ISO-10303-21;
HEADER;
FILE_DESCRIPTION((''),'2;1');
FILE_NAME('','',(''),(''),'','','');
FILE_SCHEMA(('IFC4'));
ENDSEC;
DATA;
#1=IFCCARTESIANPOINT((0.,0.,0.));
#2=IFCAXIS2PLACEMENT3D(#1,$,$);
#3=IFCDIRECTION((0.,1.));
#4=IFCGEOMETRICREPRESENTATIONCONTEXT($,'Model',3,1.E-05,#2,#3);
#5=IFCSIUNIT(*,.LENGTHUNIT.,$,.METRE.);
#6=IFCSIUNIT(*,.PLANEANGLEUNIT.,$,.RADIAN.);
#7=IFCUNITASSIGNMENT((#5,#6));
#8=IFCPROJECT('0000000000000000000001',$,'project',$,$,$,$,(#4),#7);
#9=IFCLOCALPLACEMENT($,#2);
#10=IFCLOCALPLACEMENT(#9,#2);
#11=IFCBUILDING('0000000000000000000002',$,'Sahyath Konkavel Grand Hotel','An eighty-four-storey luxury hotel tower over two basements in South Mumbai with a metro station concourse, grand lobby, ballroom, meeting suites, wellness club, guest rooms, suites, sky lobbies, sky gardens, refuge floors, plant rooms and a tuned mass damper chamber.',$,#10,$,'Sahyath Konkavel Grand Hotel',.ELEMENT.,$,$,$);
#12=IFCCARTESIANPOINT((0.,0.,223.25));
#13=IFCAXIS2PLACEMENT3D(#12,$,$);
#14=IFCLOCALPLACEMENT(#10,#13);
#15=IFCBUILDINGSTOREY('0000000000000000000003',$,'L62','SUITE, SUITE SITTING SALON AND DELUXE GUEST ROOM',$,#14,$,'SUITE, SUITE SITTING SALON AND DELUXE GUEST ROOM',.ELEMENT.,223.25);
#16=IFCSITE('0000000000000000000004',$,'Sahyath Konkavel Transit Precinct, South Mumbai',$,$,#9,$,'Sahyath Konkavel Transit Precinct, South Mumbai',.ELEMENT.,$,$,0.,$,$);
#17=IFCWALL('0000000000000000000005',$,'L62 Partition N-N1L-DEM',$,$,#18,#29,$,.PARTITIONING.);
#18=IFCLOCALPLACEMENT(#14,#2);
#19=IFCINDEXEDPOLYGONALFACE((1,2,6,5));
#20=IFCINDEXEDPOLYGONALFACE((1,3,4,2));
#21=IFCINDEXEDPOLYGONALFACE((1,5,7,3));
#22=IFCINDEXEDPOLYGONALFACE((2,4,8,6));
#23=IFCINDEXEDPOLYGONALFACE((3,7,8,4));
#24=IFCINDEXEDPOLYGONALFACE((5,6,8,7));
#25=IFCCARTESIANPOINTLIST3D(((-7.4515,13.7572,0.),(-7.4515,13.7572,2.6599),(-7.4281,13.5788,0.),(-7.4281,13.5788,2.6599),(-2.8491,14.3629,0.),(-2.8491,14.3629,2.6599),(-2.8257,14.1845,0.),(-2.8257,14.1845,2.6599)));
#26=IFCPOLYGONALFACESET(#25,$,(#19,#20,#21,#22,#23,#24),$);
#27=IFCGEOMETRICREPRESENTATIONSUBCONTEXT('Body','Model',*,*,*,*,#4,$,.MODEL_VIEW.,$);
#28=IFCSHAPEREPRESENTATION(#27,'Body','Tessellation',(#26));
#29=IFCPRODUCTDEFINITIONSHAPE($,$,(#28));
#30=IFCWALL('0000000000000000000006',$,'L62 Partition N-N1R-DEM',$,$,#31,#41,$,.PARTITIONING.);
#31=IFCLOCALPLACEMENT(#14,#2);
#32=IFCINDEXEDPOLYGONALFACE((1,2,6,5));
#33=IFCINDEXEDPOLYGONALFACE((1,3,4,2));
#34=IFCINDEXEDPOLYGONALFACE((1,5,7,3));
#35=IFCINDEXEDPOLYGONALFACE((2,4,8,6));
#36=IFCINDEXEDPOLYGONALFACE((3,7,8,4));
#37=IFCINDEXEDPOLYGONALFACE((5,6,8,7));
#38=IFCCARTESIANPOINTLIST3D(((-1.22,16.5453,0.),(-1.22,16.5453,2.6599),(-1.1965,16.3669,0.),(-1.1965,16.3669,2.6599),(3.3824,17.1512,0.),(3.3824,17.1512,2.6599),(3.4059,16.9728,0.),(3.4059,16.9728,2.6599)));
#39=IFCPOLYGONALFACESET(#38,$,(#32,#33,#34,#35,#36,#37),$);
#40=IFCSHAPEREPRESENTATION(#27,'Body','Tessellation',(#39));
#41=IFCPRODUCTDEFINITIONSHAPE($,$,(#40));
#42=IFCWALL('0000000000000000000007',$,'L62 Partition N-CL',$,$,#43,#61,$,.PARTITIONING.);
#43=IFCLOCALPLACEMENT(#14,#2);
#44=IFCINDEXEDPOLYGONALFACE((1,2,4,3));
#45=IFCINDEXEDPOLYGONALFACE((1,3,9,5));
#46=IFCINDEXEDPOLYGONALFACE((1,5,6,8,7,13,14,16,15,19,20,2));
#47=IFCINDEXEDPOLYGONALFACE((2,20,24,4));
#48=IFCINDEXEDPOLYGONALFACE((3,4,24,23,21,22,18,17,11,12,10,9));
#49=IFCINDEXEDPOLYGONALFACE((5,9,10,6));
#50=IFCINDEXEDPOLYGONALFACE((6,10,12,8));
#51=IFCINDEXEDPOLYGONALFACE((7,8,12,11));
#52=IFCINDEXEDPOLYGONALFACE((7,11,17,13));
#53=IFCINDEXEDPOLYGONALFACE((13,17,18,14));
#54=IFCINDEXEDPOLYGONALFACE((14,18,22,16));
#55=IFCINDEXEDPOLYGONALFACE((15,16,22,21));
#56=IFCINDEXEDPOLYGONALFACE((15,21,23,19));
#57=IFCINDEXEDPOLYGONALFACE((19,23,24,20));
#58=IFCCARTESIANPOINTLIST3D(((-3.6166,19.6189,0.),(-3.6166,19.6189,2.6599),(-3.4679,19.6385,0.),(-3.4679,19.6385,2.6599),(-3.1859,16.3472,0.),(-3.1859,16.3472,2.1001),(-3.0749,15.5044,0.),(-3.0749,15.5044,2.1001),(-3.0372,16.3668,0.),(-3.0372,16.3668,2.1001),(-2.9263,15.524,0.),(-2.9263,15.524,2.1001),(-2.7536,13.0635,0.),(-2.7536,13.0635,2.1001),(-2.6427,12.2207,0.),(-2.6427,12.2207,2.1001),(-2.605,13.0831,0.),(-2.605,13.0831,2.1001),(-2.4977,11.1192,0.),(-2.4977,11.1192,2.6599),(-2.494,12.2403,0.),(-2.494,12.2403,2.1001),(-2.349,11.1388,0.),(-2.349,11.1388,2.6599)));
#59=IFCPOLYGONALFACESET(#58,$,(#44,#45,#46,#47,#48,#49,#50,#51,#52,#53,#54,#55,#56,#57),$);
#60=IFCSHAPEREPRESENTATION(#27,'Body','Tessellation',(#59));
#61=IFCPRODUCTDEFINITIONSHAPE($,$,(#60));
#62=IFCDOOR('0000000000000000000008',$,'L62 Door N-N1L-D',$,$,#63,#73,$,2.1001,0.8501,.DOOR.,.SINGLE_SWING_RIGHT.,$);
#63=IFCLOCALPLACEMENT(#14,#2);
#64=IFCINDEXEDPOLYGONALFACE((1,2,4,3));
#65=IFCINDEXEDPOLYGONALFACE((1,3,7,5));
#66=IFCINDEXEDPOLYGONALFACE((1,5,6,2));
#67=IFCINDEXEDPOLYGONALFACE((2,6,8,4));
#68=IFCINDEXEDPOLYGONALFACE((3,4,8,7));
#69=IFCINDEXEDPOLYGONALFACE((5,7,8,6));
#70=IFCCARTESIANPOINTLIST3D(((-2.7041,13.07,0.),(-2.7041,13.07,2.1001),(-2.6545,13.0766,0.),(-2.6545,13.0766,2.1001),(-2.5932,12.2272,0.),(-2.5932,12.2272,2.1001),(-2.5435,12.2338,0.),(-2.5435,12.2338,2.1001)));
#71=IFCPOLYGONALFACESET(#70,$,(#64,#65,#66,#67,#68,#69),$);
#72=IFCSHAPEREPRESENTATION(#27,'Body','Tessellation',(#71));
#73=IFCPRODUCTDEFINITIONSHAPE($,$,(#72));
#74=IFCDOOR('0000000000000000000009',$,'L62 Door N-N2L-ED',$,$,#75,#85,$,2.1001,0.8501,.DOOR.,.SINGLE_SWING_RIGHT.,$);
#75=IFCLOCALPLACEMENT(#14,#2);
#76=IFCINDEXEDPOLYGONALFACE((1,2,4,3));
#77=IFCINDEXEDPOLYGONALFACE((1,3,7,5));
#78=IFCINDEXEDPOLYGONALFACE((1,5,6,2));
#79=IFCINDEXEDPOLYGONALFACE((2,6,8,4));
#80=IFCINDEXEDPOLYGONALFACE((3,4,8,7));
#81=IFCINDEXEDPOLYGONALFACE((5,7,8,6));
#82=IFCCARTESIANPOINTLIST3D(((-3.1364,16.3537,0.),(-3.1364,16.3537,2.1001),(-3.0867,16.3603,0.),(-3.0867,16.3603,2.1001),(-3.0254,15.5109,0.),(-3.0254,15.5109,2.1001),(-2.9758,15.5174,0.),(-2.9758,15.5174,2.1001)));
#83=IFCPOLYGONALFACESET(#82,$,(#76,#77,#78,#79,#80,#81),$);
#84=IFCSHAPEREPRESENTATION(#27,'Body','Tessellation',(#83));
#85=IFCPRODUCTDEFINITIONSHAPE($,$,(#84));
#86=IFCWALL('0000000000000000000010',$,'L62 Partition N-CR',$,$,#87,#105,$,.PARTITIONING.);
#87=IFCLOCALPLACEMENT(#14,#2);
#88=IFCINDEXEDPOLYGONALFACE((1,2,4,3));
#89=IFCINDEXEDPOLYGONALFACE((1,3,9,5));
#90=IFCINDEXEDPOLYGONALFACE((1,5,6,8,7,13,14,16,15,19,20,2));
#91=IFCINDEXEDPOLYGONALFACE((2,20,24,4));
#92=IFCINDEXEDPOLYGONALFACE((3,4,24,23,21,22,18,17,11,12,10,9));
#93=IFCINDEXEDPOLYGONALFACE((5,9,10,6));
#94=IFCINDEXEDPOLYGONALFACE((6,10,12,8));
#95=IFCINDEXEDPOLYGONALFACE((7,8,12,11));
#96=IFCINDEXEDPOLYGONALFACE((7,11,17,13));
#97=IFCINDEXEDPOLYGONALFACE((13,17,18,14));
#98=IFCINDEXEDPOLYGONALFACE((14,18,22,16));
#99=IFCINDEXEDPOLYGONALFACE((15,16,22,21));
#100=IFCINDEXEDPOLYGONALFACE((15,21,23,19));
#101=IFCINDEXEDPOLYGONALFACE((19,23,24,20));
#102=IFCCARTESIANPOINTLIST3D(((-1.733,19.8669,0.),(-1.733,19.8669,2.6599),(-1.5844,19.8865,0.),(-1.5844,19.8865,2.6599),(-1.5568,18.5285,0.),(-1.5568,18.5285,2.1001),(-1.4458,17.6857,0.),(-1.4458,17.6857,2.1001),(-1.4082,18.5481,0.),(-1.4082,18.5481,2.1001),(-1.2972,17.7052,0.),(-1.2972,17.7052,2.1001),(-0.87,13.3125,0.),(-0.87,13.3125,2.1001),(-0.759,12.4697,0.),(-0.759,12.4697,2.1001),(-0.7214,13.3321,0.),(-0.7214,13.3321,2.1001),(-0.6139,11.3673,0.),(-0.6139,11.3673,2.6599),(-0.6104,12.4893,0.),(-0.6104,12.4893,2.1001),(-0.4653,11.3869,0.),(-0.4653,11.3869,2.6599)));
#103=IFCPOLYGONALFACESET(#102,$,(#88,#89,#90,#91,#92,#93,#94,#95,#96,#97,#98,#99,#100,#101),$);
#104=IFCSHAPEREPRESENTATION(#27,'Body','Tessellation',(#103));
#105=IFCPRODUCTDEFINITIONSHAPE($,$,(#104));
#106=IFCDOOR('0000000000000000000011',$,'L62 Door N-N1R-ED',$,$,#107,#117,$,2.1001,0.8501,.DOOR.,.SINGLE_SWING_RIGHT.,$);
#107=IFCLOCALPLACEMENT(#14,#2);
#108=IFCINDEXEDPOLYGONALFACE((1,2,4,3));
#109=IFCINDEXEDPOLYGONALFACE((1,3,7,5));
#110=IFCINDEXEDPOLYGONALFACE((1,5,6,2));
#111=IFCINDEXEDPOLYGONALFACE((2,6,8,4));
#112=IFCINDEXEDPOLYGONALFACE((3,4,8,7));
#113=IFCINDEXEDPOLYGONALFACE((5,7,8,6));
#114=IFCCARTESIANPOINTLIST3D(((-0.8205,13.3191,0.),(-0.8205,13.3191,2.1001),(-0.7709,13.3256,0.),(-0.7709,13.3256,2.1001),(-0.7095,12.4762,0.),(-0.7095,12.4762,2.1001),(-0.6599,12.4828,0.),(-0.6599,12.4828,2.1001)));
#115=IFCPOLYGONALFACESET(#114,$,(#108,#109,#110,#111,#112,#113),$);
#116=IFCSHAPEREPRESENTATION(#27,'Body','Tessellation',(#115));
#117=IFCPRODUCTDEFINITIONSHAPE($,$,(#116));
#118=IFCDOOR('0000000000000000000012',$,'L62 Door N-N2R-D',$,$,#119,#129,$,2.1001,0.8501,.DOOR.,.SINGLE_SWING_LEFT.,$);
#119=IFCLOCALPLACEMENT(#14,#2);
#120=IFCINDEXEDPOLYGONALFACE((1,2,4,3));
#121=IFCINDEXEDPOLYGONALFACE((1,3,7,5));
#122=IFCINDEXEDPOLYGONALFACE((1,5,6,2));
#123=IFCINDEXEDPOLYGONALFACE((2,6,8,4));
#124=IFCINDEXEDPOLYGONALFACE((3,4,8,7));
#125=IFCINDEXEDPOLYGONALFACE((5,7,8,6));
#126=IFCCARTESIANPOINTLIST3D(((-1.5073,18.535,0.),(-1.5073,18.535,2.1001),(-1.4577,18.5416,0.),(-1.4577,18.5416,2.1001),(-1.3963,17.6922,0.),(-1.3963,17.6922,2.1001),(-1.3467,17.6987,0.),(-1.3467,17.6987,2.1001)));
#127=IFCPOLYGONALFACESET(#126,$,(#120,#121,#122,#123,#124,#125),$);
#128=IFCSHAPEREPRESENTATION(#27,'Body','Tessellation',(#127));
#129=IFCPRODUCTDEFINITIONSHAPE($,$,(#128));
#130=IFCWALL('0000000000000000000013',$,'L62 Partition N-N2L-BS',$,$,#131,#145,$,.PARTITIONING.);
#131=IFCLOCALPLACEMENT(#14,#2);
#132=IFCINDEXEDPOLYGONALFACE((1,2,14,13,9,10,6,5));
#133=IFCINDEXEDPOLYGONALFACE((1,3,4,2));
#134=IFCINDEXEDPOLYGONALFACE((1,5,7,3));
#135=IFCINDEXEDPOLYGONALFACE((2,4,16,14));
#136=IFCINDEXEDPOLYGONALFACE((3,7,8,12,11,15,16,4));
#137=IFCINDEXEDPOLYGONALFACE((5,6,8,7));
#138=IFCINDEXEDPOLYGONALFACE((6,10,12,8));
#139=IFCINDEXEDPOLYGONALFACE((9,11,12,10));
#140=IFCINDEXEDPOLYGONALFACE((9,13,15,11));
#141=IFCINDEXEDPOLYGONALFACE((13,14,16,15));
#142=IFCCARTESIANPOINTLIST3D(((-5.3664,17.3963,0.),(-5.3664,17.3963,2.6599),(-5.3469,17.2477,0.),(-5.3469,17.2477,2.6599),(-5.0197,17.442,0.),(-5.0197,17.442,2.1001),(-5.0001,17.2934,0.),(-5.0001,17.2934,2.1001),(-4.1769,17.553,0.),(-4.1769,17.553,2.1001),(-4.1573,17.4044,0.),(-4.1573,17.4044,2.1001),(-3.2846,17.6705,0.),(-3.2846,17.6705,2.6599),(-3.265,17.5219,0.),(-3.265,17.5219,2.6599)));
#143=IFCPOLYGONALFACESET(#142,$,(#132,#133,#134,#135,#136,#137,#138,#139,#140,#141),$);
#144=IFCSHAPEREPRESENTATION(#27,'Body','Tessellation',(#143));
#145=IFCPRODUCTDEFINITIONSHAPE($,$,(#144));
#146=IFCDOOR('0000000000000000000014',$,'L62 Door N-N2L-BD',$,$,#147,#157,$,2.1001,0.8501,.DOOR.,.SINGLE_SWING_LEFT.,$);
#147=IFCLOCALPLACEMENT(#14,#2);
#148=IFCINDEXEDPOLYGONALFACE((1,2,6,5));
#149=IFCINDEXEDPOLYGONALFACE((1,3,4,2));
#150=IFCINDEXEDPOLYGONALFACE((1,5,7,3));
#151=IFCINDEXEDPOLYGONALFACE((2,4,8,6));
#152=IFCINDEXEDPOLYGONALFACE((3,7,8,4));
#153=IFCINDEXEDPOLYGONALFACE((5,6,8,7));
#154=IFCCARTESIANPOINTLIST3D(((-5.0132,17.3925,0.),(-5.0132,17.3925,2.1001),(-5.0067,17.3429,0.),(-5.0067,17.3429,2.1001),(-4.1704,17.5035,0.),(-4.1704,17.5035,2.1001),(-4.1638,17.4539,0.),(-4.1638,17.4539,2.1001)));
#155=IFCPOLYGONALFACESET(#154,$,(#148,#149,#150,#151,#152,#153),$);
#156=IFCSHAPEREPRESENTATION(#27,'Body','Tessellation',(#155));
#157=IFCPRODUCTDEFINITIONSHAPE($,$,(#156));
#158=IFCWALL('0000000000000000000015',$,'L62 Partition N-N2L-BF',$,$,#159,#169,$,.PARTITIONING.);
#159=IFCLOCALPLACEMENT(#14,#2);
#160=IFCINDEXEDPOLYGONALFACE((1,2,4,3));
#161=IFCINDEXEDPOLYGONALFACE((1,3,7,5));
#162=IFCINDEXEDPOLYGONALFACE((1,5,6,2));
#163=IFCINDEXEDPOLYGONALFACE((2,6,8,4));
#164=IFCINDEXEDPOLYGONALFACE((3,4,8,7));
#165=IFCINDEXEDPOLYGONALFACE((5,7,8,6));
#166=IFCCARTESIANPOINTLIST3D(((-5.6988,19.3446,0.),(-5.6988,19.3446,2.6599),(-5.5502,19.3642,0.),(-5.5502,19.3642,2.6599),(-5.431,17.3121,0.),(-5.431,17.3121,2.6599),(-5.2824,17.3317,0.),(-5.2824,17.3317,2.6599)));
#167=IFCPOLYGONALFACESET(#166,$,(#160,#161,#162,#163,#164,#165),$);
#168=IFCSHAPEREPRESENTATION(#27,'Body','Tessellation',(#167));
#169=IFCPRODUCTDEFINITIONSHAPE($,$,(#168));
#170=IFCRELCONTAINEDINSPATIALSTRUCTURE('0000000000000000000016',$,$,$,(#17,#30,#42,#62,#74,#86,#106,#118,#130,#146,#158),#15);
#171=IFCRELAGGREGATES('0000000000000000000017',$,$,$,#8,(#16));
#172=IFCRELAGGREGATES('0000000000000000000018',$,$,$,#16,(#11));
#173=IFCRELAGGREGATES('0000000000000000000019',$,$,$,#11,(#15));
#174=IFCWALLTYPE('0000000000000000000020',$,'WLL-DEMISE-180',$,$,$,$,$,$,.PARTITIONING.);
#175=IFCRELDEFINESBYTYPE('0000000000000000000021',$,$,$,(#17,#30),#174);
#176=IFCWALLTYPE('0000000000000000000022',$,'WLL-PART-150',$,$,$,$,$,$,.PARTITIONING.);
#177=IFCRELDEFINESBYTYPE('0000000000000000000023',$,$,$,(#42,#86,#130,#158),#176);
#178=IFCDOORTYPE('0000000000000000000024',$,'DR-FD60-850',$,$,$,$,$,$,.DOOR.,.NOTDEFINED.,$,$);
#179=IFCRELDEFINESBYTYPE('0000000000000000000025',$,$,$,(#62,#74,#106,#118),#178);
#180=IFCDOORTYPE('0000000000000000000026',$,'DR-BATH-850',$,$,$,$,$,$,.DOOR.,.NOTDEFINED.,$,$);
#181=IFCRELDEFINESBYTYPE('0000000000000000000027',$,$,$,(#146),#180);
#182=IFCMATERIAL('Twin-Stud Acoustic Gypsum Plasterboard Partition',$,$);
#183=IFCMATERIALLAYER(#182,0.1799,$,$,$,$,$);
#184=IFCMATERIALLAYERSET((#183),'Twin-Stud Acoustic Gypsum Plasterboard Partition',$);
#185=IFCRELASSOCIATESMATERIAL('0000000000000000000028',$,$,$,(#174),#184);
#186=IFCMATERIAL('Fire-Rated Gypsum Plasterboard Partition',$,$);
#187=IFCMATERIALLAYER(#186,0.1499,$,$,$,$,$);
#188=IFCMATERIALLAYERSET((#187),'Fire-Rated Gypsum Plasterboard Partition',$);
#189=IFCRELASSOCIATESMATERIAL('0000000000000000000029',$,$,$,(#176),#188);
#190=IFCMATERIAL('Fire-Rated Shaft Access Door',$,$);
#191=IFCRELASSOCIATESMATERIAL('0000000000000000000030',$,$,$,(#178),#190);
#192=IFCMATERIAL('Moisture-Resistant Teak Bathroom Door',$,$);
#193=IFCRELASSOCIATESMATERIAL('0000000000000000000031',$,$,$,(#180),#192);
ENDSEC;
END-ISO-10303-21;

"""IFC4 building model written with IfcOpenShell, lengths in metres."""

from ifc_helpers import new_model, si_unit, direction, frame, frame_2d, origin, origin_2d, place, context, subcontext, project, spatial, rectangle, extrude, source, transform, mapped, material, layer, layer_set, type_object, element, fill, save


model = new_model("IFC4")

# Units and contexts
model_context = context("Model", 3, precision=1e-05, world=origin(), true_north=direction((0.0, 1.0)))
body_context = subcontext(model_context, "Body", "Model", "MODEL_VIEW")
ifc_project = project(units=[si_unit("LENGTHUNIT", "METRE"), si_unit("PLANEANGLEUNIT", "RADIAN")], contexts=[model_context])

# Site, building, storey
site_placement = place(None, origin())
site = spatial("IfcSite", under=ifc_project, at=site_placement, Name="Sahyath Konkavel Transit Precinct, South Mumbai", LongName="Sahyath Konkavel Transit Precinct, South Mumbai", CompositionType="ELEMENT", RefElevation=0.0)
building_placement = place(site_placement, origin())
building = spatial("IfcBuilding", under=site, at=building_placement, Name="Sahyath Konkavel Grand Hotel", Description="An eighty-four-storey luxury hotel tower over two basements in South Mumbai with a metro station concourse, grand lobby, ballroom, meeting suites, wellness club, guest rooms, suites, sky lobbies, sky gardens, refuge floors, plant rooms and a tuned mass damper chamber.", LongName="Sahyath Konkavel Grand Hotel", CompositionType="ELEMENT")
storey_placement = place(building_placement, frame((0.0, 0.0, 223.25)))
storey = spatial("IfcBuildingStorey", under=building, at=storey_placement, Name="L62", Description="SUITE, SUITE SITTING SALON AND DELUXE GUEST ROOM", LongName="SUITE, SUITE SITTING SALON AND DELUXE GUEST ROOM", CompositionType="ELEMENT", Elevation=223.25)

# Walls
ifc_material_1 = material(Name="Twin-Stud Acoustic Gypsum Plasterboard Partition")
ifc_layer_1 = layer(ifc_material_1, 0.1799)
ifc_layer_set_1 = layer_set([ifc_layer_1], Name="Twin-Stud Acoustic Gypsum Plasterboard Partition")
wall_type_1 = type_object("IfcWallType", Name="WLL-DEMISE-180", PredefinedType="PARTITIONING", material=ifc_layer_set_1)
for number, where, z_axis, x_axis, name in (
    (1, (-2.8374, 14.2737, 0.0), (0.0, 0.0, 1.0), (-0.99145, -0.130486, 0.0), "L62 Partition N-N1L-DEM"),
    (2, (-1.2083, 16.4561, 0.0), (0.0, 0.0, 1.0), (0.991443, 0.130538, 0.0), "L62 Partition N-N1R-DEM"),
):
    element("IfcWall", number, at=place(storey_placement, frame(where, z_axis=z_axis, x_axis=x_axis)), inside=storey, type_object=wall_type_1, Name=name, PredefinedType="PARTITIONING", context=body_context, shape_type="SweptSolid", body=[
        extrude(rectangle(XDim=4.6421, YDim=0.1799, at=frame_2d((2.321, 0.0))), origin(), (0.0, 0.0, 1.0), 2.6599),
    ])

# Walls, openings, doors
ifc_material_2 = material(Name="Fire-Rated Gypsum Plasterboard Partition")
ifc_layer_2 = layer(ifc_material_2, 0.1499)
ifc_layer_set_2 = layer_set([ifc_layer_2], Name="Fire-Rated Gypsum Plasterboard Partition")
wall_type_2 = type_object("IfcWallType", Name="WLL-PART-150", PredefinedType="PARTITIONING", material=ifc_layer_set_2)
wall_1_placement = place(storey_placement, frame((-2.4233, 11.1289, 0.0), z_axis=(0.0, 0.0, 1.0), x_axis=(-0.130513, 0.991447, 0.0)))
wall_1 = element("IfcWall", 3, at=wall_1_placement, inside=storey, type_object=wall_type_2, Name="L62 Partition N-CL", PredefinedType="PARTITIONING", context=body_context, shape_type="SweptSolid", body=[
    extrude(rectangle(XDim=8.573, YDim=0.1499, at=frame_2d((4.2866, 0.0))), origin(), (0.0, 0.0, 1.0), 2.6599),
])
opening_1_placement = place(wall_1_placement, frame((1.1111, 0.0, 0.0)))
opening_1 = element("IfcOpeningElement", 4, at=opening_1_placement, cuts=wall_1, PredefinedType="OPENING", context=body_context, shape_type="SweptSolid", body=[
    extrude(rectangle(XDim=0.8501, YDim=2.1001, at=frame_2d((0.425, 1.05))), frame((0.0, 0.085, 0.0), z_axis=(0.0, -1.0, 0.0), x_axis=(1.0, 0.0, 0.0)), (0.0, 0.0, 1.0), 0.1699),
])
opening_2_placement = place(wall_1_placement, frame((4.4231, 0.0, 0.0)))
opening_2 = element("IfcOpeningElement", 5, at=opening_2_placement, cuts=wall_1, PredefinedType="OPENING", context=body_context, shape_type="SweptSolid", body=[
    extrude(rectangle(XDim=0.8501, YDim=2.1001, at=frame_2d((0.425, 1.05))), frame((0.0, 0.085, 0.0), z_axis=(0.0, -1.0, 0.0), x_axis=(1.0, 0.0, 0.0)), (0.0, 0.0, 1.0), 0.1699),
])
ifc_material_3 = material(Name="Fire-Rated Shaft Access Door")
door_type_1 = type_object("IfcDoorType", Name="DR-FD60-850", OperationType="NOTDEFINED", PredefinedType="DOOR", material=ifc_material_3)
shared_shape_1 = source(origin(), body_context, "Body", "SweptSolid", [
    extrude(rectangle(XDim=0.8501, YDim=0.05, at=origin_2d()), origin(), (0.0, 0.0, 1.0), 2.1001),
])
door_1_placement = place(opening_1_placement, frame((0.425, 0.0, 0.0)))
door_1 = element("IfcDoor", 6, at=door_1_placement, inside=storey, type_object=door_type_1, Name="L62 Door N-N1L-D", OperationType="SINGLE_SWING_RIGHT", OverallHeight=2.1001, OverallWidth=0.8501, PredefinedType="DOOR", context=body_context, shape_type="MappedRepresentation", body=[
    mapped(shared_shape_1, transform((0.0, 0.0, 0.0), scale=1.0)),
])
fill(opening_1, door_1)
door_2_placement = place(opening_2_placement, frame((0.425, 0.0, 0.0)))
door_2 = element("IfcDoor", 7, at=door_2_placement, inside=storey, type_object=door_type_1, Name="L62 Door N-N2L-ED", OperationType="SINGLE_SWING_RIGHT", OverallHeight=2.1001, OverallWidth=0.8501, PredefinedType="DOOR", context=body_context, shape_type="MappedRepresentation", body=[
    mapped(shared_shape_1, transform((0.0, 0.0, 0.0), scale=1.0)),
])
fill(opening_2, door_2)
wall_2_placement = place(storey_placement, frame((-0.5396, 11.377, 0.0), z_axis=(0.0, 0.0, 1.0), x_axis=(-0.130541, 0.991443, 0.0)))
wall_2 = element("IfcWall", 8, at=wall_2_placement, inside=storey, type_object=wall_type_2, Name="L62 Partition N-CR", PredefinedType="PARTITIONING", context=body_context, shape_type="SweptSolid", body=[
    extrude(rectangle(XDim=8.573, YDim=0.1499, at=frame_2d((4.2866, 0.0))), origin(), (0.0, 0.0, 1.0), 2.6599),
])
opening_3_placement = place(wall_2_placement, frame((1.1121, 0.0, 0.0)))
opening_3 = element("IfcOpeningElement", 9, at=opening_3_placement, cuts=wall_2, PredefinedType="OPENING", context=body_context, shape_type="SweptSolid", body=[
    extrude(rectangle(XDim=0.8501, YDim=2.1001, at=frame_2d((0.425, 1.05))), frame((0.0, 0.085, 0.0), z_axis=(0.0, -1.0, 0.0), x_axis=(1.0, 0.0, 0.0)), (0.0, 0.0, 1.0), 0.1699),
])
opening_4_placement = place(wall_2_placement, frame((6.373, 0.0, 0.0)))
opening_4 = element("IfcOpeningElement", 10, at=opening_4_placement, cuts=wall_2, PredefinedType="OPENING", context=body_context, shape_type="SweptSolid", body=[
    extrude(rectangle(XDim=0.8501, YDim=2.1001, at=frame_2d((0.425, 1.05))), frame((0.0, 0.085, 0.0), z_axis=(0.0, -1.0, 0.0), x_axis=(1.0, 0.0, 0.0)), (0.0, 0.0, 1.0), 0.1699),
])
door_3_placement = place(opening_3_placement, frame((0.425, 0.0, 0.0)))
door_3 = element("IfcDoor", 11, at=door_3_placement, inside=storey, type_object=door_type_1, Name="L62 Door N-N1R-ED", OperationType="SINGLE_SWING_RIGHT", OverallHeight=2.1001, OverallWidth=0.8501, PredefinedType="DOOR", context=body_context, shape_type="MappedRepresentation", body=[
    mapped(shared_shape_1, transform((0.0, 0.0, 0.0), scale=1.0)),
])
fill(opening_3, door_3)
door_4_placement = place(opening_4_placement, frame((0.425, 0.0, 0.0)))
door_4 = element("IfcDoor", 12, at=door_4_placement, inside=storey, type_object=door_type_1, Name="L62 Door N-N2R-D", OperationType="SINGLE_SWING_LEFT", OverallHeight=2.1001, OverallWidth=0.8501, PredefinedType="DOOR", context=body_context, shape_type="MappedRepresentation", body=[
    mapped(shared_shape_1, transform((0.0, 0.0, 0.0), scale=1.0)),
])
fill(opening_4, door_4)

# Wall, opening, door
wall_3_placement = place(storey_placement, frame((-3.2749, 17.5962, 0.0), z_axis=(0.0, 0.0, 1.0), x_axis=(-0.991439, -0.130572, 0.0)))
wall_3 = element("IfcWall", 13, at=wall_3_placement, inside=storey, type_object=wall_type_2, Name="L62 Partition N-N2L-BS", PredefinedType="PARTITIONING", context=body_context, shape_type="SweptSolid", body=[
    extrude(rectangle(XDim=2.0999, YDim=0.1499, at=frame_2d((1.0498, 0.0))), origin(), (0.0, 0.0, 1.0), 2.6599),
])
opening_5_placement = place(wall_3_placement, frame((0.8999, 0.0, 0.0)))
opening_5 = element("IfcOpeningElement", 14, at=opening_5_placement, cuts=wall_3, PredefinedType="OPENING", context=body_context, shape_type="SweptSolid", body=[
    extrude(rectangle(XDim=0.8501, YDim=2.1001, at=frame_2d((0.425, 1.05))), frame((0.0, 0.085, 0.0), z_axis=(0.0, -1.0, 0.0), x_axis=(1.0, 0.0, 0.0)), (0.0, 0.0, 1.0), 0.1699),
])
ifc_material_4 = material(Name="Moisture-Resistant Teak Bathroom Door")
door_type_2 = type_object("IfcDoorType", Name="DR-BATH-850", OperationType="NOTDEFINED", PredefinedType="DOOR", material=ifc_material_4)
door_5_placement = place(opening_5_placement, frame((0.425, 0.0, 0.0)))
door_5 = element("IfcDoor", 15, at=door_5_placement, inside=storey, type_object=door_type_2, Name="L62 Door N-N2L-BD", OperationType="SINGLE_SWING_LEFT", OverallHeight=2.1001, OverallWidth=0.8501, PredefinedType="DOOR", context=body_context, shape_type="MappedRepresentation", body=[
    mapped(shared_shape_1, transform((0.0, 0.0, 0.0), scale=1.0)),
])
fill(opening_5, door_5)

# Wall
wall_4_placement = place(storey_placement, frame((-5.3567, 17.322, 0.0), z_axis=(0.0, 0.0, 1.0), x_axis=(-0.130642, 0.99143, 0.0)))
element("IfcWall", 16, at=wall_4_placement, inside=storey, type_object=wall_type_2, Name="L62 Partition N-N2L-BF", PredefinedType="PARTITIONING", context=body_context, shape_type="SweptSolid", body=[
    extrude(rectangle(XDim=2.05, YDim=0.1499, at=frame_2d((1.0249, 0.0))), origin(), (0.0, 0.0, 1.0), 2.6599),
])

save(model, "model.ifc")
